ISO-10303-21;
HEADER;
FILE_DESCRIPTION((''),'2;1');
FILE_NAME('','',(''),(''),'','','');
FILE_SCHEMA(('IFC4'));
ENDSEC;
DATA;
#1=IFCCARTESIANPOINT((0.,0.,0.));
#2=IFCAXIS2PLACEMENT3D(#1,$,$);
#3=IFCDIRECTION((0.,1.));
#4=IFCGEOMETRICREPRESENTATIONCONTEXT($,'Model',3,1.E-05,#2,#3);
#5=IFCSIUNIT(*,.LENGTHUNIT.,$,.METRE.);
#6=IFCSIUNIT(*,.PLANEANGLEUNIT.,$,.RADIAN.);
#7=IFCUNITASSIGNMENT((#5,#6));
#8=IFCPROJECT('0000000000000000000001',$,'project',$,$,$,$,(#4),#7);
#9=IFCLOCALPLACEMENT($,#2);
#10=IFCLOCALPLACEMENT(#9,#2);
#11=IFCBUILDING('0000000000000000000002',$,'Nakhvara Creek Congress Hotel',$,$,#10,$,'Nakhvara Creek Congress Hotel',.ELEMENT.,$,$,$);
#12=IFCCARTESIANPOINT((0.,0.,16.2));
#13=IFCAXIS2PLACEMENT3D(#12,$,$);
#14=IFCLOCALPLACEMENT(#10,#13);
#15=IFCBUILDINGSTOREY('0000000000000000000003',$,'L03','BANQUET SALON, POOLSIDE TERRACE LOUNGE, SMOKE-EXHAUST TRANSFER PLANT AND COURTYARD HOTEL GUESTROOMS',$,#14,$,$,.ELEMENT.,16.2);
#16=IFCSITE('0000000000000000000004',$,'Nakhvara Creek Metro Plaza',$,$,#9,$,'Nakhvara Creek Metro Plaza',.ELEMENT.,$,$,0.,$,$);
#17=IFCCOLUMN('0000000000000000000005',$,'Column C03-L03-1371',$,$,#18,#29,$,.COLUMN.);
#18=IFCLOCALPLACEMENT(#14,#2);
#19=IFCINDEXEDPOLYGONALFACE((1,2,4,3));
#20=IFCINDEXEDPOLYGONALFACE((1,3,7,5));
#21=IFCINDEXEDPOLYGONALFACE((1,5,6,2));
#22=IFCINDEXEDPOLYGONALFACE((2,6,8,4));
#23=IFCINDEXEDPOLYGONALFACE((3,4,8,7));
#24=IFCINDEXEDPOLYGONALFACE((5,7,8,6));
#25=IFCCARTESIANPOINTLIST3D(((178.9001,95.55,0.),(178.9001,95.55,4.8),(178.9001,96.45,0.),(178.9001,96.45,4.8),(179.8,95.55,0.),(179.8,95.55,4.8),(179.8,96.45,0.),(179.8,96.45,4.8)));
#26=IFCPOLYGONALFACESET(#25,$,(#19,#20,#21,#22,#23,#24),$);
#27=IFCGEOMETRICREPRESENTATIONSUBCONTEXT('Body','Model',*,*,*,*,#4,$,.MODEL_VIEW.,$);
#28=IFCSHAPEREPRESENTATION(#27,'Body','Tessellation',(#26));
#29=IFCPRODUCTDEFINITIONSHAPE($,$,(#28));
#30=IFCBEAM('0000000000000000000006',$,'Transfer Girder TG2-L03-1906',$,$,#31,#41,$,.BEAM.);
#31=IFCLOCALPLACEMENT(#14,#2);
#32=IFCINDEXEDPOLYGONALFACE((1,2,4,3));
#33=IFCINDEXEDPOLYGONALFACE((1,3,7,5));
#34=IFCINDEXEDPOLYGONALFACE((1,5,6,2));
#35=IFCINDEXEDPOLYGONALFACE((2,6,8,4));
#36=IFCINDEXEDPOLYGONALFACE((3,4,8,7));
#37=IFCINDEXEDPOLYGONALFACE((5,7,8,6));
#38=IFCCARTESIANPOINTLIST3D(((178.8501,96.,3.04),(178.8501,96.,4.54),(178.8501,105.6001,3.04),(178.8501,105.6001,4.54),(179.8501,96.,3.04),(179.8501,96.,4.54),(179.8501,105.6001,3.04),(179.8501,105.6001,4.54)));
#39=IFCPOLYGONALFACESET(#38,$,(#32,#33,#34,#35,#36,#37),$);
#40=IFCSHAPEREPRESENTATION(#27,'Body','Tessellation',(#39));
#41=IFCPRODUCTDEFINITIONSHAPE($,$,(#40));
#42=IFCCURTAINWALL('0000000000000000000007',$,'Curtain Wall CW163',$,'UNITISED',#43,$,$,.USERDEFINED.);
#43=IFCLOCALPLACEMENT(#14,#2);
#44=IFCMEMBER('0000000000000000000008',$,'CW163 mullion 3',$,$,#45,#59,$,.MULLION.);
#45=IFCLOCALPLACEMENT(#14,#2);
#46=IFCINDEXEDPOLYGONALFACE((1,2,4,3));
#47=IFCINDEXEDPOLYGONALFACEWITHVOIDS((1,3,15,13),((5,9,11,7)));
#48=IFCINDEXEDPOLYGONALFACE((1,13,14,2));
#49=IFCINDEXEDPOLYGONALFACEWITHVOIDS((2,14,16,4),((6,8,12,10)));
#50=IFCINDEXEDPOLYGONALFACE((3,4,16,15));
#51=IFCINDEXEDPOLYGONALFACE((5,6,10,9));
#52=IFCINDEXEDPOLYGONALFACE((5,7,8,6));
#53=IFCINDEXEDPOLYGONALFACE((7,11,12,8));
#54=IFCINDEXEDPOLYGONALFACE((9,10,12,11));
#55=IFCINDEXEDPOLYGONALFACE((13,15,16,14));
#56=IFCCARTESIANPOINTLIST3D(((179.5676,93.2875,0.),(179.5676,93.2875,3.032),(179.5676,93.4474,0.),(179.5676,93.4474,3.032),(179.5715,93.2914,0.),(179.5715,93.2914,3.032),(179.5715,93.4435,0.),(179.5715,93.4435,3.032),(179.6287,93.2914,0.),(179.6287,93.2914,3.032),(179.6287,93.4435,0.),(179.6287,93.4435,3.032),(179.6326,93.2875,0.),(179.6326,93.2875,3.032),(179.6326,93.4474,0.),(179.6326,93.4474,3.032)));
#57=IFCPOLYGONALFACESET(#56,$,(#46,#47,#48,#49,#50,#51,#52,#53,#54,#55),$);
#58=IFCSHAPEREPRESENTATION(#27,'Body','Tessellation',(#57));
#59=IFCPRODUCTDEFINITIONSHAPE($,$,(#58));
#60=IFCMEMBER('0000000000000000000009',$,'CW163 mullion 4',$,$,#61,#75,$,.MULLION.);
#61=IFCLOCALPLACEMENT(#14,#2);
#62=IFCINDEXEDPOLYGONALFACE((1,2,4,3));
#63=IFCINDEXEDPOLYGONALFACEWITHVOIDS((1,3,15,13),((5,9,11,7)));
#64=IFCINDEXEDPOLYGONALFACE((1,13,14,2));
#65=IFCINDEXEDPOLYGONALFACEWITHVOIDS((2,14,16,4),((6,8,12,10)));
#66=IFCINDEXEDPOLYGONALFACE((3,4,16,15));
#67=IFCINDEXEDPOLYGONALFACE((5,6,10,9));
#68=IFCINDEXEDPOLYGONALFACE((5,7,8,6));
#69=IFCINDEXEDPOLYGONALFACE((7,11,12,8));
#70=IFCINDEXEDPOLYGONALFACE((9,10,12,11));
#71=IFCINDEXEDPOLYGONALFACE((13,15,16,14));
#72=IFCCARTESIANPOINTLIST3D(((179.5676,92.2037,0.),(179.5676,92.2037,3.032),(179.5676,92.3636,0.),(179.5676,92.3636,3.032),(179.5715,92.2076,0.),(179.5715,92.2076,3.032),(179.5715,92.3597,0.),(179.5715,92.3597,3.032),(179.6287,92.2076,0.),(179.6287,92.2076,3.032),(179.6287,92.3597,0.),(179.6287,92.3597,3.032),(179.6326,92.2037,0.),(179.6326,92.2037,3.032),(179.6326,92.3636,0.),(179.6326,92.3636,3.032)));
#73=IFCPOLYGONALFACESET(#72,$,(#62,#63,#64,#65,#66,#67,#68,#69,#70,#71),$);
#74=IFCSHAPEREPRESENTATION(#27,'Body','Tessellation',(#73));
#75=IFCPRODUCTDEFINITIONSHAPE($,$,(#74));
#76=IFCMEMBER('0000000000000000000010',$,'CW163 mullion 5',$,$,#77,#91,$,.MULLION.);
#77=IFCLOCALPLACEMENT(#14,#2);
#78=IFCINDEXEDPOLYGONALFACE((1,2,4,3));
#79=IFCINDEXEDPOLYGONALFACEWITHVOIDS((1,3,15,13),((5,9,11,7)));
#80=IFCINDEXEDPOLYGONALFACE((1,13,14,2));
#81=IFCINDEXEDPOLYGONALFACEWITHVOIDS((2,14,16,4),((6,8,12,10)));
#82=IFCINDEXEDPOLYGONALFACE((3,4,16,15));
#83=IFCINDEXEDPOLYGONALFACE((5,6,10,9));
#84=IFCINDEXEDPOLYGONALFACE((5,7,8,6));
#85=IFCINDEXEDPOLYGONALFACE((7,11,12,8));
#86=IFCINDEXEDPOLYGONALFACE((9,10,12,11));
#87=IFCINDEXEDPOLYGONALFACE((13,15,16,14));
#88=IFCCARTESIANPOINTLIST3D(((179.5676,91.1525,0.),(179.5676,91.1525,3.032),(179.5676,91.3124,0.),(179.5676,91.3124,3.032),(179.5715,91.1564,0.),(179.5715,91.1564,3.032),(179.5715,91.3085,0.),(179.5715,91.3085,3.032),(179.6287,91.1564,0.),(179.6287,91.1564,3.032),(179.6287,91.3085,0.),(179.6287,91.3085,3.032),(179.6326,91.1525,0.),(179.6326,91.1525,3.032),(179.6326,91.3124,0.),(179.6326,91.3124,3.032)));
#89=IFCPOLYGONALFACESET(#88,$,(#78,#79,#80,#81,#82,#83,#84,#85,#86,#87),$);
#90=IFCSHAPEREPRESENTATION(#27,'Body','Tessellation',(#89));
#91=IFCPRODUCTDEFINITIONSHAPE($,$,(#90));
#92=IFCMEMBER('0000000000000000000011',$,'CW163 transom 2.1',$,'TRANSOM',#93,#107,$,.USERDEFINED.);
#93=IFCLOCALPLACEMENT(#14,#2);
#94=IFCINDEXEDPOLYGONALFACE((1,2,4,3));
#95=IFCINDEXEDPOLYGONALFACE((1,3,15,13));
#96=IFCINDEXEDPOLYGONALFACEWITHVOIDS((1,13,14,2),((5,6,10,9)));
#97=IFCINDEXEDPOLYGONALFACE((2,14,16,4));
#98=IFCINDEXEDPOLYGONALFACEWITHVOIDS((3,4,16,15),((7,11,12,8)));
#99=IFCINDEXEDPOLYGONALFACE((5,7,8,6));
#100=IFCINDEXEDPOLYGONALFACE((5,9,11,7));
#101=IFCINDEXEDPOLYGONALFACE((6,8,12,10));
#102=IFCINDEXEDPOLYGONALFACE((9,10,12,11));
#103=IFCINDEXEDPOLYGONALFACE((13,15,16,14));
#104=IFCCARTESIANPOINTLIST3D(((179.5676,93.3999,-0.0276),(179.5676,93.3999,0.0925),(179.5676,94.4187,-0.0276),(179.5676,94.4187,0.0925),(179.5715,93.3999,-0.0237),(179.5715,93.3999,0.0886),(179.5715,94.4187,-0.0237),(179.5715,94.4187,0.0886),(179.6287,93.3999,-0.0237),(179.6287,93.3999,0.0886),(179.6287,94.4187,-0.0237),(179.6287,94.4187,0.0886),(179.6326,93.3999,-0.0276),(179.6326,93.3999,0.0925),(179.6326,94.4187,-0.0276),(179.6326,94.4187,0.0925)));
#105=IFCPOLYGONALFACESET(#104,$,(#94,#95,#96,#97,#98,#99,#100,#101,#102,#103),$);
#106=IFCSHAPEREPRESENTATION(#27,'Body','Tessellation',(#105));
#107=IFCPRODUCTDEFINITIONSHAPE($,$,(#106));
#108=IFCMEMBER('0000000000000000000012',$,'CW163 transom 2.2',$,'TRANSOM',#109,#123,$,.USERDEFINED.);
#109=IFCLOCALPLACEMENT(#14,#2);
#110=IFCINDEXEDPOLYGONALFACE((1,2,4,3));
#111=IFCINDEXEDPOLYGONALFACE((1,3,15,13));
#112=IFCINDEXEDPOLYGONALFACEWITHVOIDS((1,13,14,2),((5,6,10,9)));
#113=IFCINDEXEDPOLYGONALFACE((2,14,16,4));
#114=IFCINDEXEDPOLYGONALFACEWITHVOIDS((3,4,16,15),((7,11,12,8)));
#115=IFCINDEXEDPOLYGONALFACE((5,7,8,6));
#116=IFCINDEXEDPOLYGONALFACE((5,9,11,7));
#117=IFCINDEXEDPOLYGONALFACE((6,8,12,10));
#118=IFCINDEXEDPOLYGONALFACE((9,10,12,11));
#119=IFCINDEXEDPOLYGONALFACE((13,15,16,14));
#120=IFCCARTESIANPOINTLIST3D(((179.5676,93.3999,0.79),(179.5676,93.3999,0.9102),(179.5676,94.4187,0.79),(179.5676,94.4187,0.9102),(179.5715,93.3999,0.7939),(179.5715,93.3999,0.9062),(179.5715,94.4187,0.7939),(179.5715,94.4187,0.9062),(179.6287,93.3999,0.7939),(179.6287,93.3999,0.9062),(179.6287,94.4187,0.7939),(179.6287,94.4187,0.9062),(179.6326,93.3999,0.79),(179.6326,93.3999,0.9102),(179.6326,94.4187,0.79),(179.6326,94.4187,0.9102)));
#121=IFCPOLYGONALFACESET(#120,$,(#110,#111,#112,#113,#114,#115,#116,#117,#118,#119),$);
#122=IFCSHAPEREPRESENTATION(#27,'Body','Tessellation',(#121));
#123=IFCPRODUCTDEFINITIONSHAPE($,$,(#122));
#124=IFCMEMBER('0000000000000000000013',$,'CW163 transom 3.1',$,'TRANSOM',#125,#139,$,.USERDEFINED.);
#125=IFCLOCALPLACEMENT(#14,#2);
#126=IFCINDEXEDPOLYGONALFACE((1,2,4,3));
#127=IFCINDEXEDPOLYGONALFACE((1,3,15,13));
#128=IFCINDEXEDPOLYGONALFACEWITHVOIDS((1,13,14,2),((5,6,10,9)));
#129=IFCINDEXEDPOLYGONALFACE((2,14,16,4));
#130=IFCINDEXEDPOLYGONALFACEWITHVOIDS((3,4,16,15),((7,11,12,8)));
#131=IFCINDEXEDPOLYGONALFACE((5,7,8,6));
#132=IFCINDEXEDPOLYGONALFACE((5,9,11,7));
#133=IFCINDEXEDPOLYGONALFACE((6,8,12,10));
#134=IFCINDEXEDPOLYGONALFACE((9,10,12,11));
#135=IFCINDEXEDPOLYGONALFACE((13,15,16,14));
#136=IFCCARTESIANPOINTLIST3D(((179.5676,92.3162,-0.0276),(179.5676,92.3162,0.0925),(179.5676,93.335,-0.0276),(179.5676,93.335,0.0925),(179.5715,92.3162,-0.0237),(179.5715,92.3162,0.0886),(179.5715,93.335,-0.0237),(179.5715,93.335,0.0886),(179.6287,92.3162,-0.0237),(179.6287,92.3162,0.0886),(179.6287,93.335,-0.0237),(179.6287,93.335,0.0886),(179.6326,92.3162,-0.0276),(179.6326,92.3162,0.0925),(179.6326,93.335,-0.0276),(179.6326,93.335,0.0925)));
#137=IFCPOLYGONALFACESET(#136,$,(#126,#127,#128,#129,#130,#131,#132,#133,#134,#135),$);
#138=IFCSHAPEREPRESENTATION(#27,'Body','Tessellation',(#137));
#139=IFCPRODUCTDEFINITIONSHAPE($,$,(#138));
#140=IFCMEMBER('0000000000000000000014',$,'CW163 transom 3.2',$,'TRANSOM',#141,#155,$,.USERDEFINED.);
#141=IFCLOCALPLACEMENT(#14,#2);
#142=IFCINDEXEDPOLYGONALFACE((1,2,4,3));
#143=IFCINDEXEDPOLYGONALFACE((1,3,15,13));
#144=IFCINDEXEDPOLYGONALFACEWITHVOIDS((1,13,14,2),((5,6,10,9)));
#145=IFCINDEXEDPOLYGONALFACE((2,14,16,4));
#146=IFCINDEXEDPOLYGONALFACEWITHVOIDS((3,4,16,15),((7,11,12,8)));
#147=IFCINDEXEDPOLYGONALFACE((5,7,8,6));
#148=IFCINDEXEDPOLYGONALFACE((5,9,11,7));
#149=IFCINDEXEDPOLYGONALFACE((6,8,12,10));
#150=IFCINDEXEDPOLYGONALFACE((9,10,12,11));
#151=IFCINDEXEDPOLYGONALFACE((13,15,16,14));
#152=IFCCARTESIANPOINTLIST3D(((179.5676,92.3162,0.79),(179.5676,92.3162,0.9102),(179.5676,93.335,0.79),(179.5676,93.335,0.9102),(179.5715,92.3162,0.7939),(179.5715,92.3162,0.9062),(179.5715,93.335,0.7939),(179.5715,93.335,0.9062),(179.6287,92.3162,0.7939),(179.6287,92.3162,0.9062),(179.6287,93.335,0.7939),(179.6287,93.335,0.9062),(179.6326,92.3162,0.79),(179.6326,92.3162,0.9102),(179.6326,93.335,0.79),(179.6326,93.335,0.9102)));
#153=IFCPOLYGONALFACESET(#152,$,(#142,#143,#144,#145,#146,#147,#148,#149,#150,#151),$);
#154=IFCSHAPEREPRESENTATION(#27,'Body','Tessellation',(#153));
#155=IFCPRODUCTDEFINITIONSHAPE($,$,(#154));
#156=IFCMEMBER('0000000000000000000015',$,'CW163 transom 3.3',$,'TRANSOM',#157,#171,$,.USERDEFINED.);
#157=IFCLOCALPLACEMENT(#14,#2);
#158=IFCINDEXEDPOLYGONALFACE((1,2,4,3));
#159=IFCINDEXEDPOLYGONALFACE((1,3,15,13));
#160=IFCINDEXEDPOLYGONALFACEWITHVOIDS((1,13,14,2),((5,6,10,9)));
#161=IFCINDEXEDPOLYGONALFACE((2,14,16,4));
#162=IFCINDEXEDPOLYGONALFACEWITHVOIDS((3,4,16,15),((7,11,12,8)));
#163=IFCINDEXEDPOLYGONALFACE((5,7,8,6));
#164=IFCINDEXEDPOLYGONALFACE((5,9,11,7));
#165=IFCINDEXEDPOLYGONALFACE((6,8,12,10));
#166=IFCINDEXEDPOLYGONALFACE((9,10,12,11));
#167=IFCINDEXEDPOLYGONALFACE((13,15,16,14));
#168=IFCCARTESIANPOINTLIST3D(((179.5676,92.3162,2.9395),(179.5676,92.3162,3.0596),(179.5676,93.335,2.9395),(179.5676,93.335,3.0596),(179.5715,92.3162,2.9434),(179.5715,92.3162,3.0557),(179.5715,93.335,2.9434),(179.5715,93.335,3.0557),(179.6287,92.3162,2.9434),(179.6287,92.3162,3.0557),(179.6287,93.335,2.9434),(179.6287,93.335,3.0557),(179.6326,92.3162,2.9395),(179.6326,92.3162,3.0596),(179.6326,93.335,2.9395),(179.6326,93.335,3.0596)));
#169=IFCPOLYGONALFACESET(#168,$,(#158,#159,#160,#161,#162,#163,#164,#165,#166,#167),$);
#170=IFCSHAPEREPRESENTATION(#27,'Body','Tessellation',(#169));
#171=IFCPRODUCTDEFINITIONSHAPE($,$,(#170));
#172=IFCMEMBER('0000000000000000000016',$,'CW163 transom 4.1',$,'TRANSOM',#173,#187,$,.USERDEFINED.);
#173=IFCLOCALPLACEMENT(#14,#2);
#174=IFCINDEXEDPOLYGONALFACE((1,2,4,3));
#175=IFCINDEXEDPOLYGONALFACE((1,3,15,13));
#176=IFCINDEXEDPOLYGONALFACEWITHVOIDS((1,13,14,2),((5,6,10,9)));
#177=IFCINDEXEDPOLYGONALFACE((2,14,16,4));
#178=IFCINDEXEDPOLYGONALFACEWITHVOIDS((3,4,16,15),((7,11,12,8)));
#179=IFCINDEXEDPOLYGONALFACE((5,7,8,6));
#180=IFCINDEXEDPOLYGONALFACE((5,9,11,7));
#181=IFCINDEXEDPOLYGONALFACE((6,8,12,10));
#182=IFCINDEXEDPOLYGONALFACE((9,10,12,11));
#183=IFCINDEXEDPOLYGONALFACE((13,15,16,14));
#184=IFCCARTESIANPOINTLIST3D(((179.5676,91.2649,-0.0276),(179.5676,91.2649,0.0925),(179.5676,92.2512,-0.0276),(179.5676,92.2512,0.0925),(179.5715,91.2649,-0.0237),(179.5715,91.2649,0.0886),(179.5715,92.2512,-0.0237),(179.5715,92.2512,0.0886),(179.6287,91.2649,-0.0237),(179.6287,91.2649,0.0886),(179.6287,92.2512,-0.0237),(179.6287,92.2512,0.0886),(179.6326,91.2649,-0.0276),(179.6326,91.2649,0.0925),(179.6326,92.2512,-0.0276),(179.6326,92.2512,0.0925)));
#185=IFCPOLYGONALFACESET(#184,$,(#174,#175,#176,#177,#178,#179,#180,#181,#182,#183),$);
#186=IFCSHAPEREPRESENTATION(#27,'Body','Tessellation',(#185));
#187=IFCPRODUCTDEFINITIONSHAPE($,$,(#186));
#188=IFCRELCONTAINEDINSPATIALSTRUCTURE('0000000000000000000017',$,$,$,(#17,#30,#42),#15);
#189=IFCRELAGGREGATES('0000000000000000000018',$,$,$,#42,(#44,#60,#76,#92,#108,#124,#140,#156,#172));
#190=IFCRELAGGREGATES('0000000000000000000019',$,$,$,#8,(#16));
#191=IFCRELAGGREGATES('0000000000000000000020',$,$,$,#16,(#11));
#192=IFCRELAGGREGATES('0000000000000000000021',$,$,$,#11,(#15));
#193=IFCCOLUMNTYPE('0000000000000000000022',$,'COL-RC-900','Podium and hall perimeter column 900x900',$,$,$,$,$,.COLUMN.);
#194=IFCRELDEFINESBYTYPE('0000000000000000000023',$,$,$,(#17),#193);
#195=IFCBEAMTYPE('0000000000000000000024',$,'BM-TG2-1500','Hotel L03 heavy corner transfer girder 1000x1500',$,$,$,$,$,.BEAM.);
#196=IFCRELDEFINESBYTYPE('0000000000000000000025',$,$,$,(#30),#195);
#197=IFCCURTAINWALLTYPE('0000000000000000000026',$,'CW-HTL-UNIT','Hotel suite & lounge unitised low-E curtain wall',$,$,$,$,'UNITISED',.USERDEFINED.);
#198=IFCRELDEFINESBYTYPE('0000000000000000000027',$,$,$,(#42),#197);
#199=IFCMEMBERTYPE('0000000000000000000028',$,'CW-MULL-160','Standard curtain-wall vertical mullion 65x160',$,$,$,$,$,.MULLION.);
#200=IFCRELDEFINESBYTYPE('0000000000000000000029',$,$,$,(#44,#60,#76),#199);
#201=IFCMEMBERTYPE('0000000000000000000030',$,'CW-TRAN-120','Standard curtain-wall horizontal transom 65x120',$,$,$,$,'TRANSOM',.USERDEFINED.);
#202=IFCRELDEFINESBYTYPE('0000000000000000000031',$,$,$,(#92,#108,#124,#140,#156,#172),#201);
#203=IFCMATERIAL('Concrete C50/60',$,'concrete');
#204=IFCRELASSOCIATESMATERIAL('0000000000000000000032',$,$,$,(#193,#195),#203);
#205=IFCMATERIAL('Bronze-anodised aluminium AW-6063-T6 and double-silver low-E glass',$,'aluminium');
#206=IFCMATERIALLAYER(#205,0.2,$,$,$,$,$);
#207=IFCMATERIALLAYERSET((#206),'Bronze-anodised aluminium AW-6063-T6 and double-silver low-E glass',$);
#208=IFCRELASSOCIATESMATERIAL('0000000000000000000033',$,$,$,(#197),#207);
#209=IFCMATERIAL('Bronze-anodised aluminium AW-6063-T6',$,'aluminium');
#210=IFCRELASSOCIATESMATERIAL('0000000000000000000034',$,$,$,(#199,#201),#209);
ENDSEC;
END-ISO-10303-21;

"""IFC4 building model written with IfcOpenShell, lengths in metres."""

from ifc_helpers import new_model, si_unit, direction, frame, origin, origin_2d, place, context, subcontext, project, spatial, rectangle, hollow_rectangle, extrude, material, layer, layer_set, material_profile, profile_set, type_object, element, aggregate, save


model = new_model("IFC4")

# Units and contexts
model_context = context("Model", 3, precision=1e-05, world=origin(), true_north=direction((0.0, 1.0)))
body_context = subcontext(model_context, "Body", "Model", "MODEL_VIEW")
ifc_project = project(units=[si_unit("LENGTHUNIT", "METRE"), si_unit("PLANEANGLEUNIT", "RADIAN")], contexts=[model_context])

# Site, building, storey
site_placement = place(None, origin())
site = spatial("IfcSite", under=ifc_project, at=site_placement, Name="Nakhvara Creek Metro Plaza", LongName="Nakhvara Creek Metro Plaza", CompositionType="ELEMENT", RefElevation=0.0)
building_placement = place(site_placement, origin())
building = spatial("IfcBuilding", under=site, at=building_placement, Name="Nakhvara Creek Congress Hotel", LongName="Nakhvara Creek Congress Hotel", CompositionType="ELEMENT")
storey_placement = place(building_placement, frame((0.0, 0.0, 16.2)))
storey = spatial("IfcBuildingStorey", under=building, at=storey_placement, Name="L03", Description="BANQUET SALON, POOLSIDE TERRACE LOUNGE, SMOKE-EXHAUST TRANSFER PLANT AND COURTYARD HOTEL GUESTROOMS", CompositionType="ELEMENT", Elevation=16.2)

# Column
ifc_material_1 = material(Name="Concrete C50/60", Category="concrete")
ifc_material_profile_1 = material_profile(ifc_material_1, rectangle(XDim=0.8999, YDim=0.8999, at=origin_2d()), Name="RC-COL 900x900", Category="LoadBearing")
ifc_profile_set_1 = profile_set([ifc_material_profile_1], Name="Concrete C50/60")
column_type = type_object("IfcColumnType", Name="COL-RC-900", Description="Podium and hall perimeter column 900x900", PredefinedType="COLUMN", material=ifc_profile_set_1)
column_placement = place(storey_placement, frame((179.3501, 96.0, 0.0), z_axis=(0.0, 0.0, 1.0), x_axis=(1.0, 0.0, 0.0)))
element("IfcColumn", 1, at=column_placement, inside=storey, type_object=column_type, Name="Column C03-L03-1371", PredefinedType="COLUMN", context=body_context, shape_type="SweptSolid", body=[
    extrude(rectangle(XDim=0.8999, YDim=0.8999, at=origin_2d()), origin(), (0.0, 0.0, 1.0), 4.8),
])

# Beam
ifc_material_profile_2 = material_profile(ifc_material_1, rectangle(XDim=1.0, YDim=1.5, at=origin_2d()), Name="RC-TG 1000x1500", Category="LoadBearing")
ifc_profile_set_2 = profile_set([ifc_material_profile_2], Name="Concrete C50/60")
beam_type = type_object("IfcBeamType", Name="BM-TG2-1500", Description="Hotel L03 heavy corner transfer girder 1000x1500", PredefinedType="BEAM", material=ifc_profile_set_2)
beam_placement = place(storey_placement, frame((179.3501, 96.0, 3.79), z_axis=(0.0, 1.0, 0.0), x_axis=(-1.0, 0.0, 0.0)))
element("IfcBeam", 2, at=beam_placement, inside=storey, type_object=beam_type, Name="Transfer Girder TG2-L03-1906", PredefinedType="BEAM", context=body_context, shape_type="SweptSolid", body=[
    extrude(rectangle(XDim=1.0, YDim=1.5, at=origin_2d()), origin(), (0.0, 0.0, 1.0), 9.6001),
])

# Curtain wall, members
ifc_material_2 = material(Name="Bronze-anodised aluminium AW-6063-T6 and double-silver low-E glass", Category="aluminium")
ifc_layer_1 = layer(ifc_material_2, 0.2)
ifc_layer_set_1 = layer_set([ifc_layer_1], Name="Bronze-anodised aluminium AW-6063-T6 and double-silver low-E glass")
curtain_wall_type = type_object("IfcCurtainWallType", Name="CW-HTL-UNIT", Description="Hotel suite & lounge unitised low-E curtain wall", ElementType="UNITISED", PredefinedType="USERDEFINED", material=ifc_layer_set_1)
curtain_wall_placement = place(storey_placement, origin())
curtain_wall = element("IfcCurtainWall", 3, at=curtain_wall_placement, inside=storey, type_object=curtain_wall_type, Name="Curtain Wall CW163", ObjectType="UNITISED", PredefinedType="USERDEFINED")
ifc_material_3 = material(Name="Bronze-anodised aluminium AW-6063-T6", Category="aluminium")
ifc_material_profile_3 = material_profile(ifc_material_3, hollow_rectangle(XDim=0.0649, YDim=0.1599, WallThickness=0.0039, at=origin_2d()), Name="ALU-MULL 65x160x4", Category="LoadBearing")
ifc_profile_set_3 = profile_set([ifc_material_profile_3], Name="Bronze-anodised aluminium AW-6063-T6")
member_type_1 = type_object("IfcMemberType", Name="CW-MULL-160", Description="Standard curtain-wall vertical mullion 65x160", PredefinedType="MULLION", material=ifc_profile_set_3)
member_1_placement = place(storey_placement, frame((179.6001, 93.3674, 0.0), z_axis=(0.0, 0.0, 1.0), x_axis=(1.0, 0.0, 0.0)))
member_1 = element("IfcMember", 4, at=member_1_placement, type_object=member_type_1, Name="CW163 mullion 3", PredefinedType="MULLION", context=body_context, shape_type="SweptSolid", body=[
    extrude(hollow_rectangle(XDim=0.0649, YDim=0.1599, WallThickness=0.0039, at=origin_2d()), origin(), (0.0, 0.0, 1.0), 3.032),
])
member_2_placement = place(storey_placement, frame((179.6001, 92.2837, 0.0), z_axis=(0.0, 0.0, 1.0), x_axis=(1.0, 0.0, 0.0)))
member_2 = element("IfcMember", 5, at=member_2_placement, type_object=member_type_1, Name="CW163 mullion 4", PredefinedType="MULLION", context=body_context, shape_type="SweptSolid", body=[
    extrude(hollow_rectangle(XDim=0.0649, YDim=0.1599, WallThickness=0.0039, at=origin_2d()), origin(), (0.0, 0.0, 1.0), 3.032),
])
member_3_placement = place(storey_placement, frame((179.6001, 91.2324, 0.0), z_axis=(0.0, 0.0, 1.0), x_axis=(1.0, 0.0, 0.0)))
member_3 = element("IfcMember", 6, at=member_3_placement, type_object=member_type_1, Name="CW163 mullion 5", PredefinedType="MULLION", context=body_context, shape_type="SweptSolid", body=[
    extrude(hollow_rectangle(XDim=0.0649, YDim=0.1599, WallThickness=0.0039, at=origin_2d()), origin(), (0.0, 0.0, 1.0), 3.032),
])
ifc_material_profile_4 = material_profile(ifc_material_3, hollow_rectangle(XDim=0.0649, YDim=0.1201, WallThickness=0.0039, at=origin_2d()), Name="ALU-TRAN 65x120x4", Category="LoadBearing")
ifc_profile_set_4 = profile_set([ifc_material_profile_4], Name="Bronze-anodised aluminium AW-6063-T6")
member_type_2 = type_object("IfcMemberType", Name="CW-TRAN-120", Description="Standard curtain-wall horizontal transom 65x120", ElementType="TRANSOM", PredefinedType="USERDEFINED", material=ifc_profile_set_4)
member_4_placement = place(storey_placement, frame((179.6001, 94.4187, 0.0325), z_axis=(0.0, -1.0, 0.0), x_axis=(1.0, 0.0, 0.0)))
member_4 = element("IfcMember", 7, at=member_4_placement, type_object=member_type_2, Name="CW163 transom 2.1", ObjectType="TRANSOM", PredefinedType="USERDEFINED", context=body_context, shape_type="SweptSolid", body=[
    extrude(hollow_rectangle(XDim=0.0649, YDim=0.1201, WallThickness=0.0039, at=origin_2d()), origin(), (0.0, 0.0, 1.0), 1.0188),
])
member_5_placement = place(storey_placement, frame((179.6001, 94.4187, 0.8501), z_axis=(0.0, -1.0, 0.0), x_axis=(1.0, 0.0, 0.0)))
member_5 = element("IfcMember", 8, at=member_5_placement, type_object=member_type_2, Name="CW163 transom 2.2", ObjectType="TRANSOM", PredefinedType="USERDEFINED", context=body_context, shape_type="SweptSolid", body=[
    extrude(hollow_rectangle(XDim=0.0649, YDim=0.1201, WallThickness=0.0039, at=origin_2d()), origin(), (0.0, 0.0, 1.0), 1.0188),
])
member_6_placement = place(storey_placement, frame((179.6001, 93.335, 0.0325), z_axis=(0.0, -1.0, 0.0), x_axis=(1.0, 0.0, 0.0)))
member_6 = element("IfcMember", 9, at=member_6_placement, type_object=member_type_2, Name="CW163 transom 3.1", ObjectType="TRANSOM", PredefinedType="USERDEFINED", context=body_context, shape_type="SweptSolid", body=[
    extrude(hollow_rectangle(XDim=0.0649, YDim=0.1201, WallThickness=0.0039, at=origin_2d()), origin(), (0.0, 0.0, 1.0), 1.0188),
])
member_7_placement = place(storey_placement, frame((179.6001, 93.335, 0.8501), z_axis=(0.0, -1.0, 0.0), x_axis=(1.0, 0.0, 0.0)))
member_7 = element("IfcMember", 10, at=member_7_placement, type_object=member_type_2, Name="CW163 transom 3.2", ObjectType="TRANSOM", PredefinedType="USERDEFINED", context=body_context, shape_type="SweptSolid", body=[
    extrude(hollow_rectangle(XDim=0.0649, YDim=0.1201, WallThickness=0.0039, at=origin_2d()), origin(), (0.0, 0.0, 1.0), 1.0188),
])
member_8_placement = place(storey_placement, frame((179.6001, 93.335, 2.9995), z_axis=(0.0, -1.0, 0.0), x_axis=(1.0, 0.0, 0.0)))
member_8 = element("IfcMember", 11, at=member_8_placement, type_object=member_type_2, Name="CW163 transom 3.3", ObjectType="TRANSOM", PredefinedType="USERDEFINED", context=body_context, shape_type="SweptSolid", body=[
    extrude(hollow_rectangle(XDim=0.0649, YDim=0.1201, WallThickness=0.0039, at=origin_2d()), origin(), (0.0, 0.0, 1.0), 1.0188),
])
member_9_placement = place(storey_placement, frame((179.6001, 92.2512, 0.0325), z_axis=(0.0, -1.0, 0.0), x_axis=(1.0, 0.0, 0.0)))
member_9 = element("IfcMember", 12, at=member_9_placement, type_object=member_type_2, Name="CW163 transom 4.1", ObjectType="TRANSOM", PredefinedType="USERDEFINED", context=body_context, shape_type="SweptSolid", body=[
    extrude(hollow_rectangle(XDim=0.0649, YDim=0.1201, WallThickness=0.0039, at=origin_2d()), origin(), (0.0, 0.0, 1.0), 0.9863),
])
aggregate(curtain_wall, [member_1, member_2, member_3, member_4, member_5, member_6, member_7, member_8, member_9])

save(model, "model.ifc")
